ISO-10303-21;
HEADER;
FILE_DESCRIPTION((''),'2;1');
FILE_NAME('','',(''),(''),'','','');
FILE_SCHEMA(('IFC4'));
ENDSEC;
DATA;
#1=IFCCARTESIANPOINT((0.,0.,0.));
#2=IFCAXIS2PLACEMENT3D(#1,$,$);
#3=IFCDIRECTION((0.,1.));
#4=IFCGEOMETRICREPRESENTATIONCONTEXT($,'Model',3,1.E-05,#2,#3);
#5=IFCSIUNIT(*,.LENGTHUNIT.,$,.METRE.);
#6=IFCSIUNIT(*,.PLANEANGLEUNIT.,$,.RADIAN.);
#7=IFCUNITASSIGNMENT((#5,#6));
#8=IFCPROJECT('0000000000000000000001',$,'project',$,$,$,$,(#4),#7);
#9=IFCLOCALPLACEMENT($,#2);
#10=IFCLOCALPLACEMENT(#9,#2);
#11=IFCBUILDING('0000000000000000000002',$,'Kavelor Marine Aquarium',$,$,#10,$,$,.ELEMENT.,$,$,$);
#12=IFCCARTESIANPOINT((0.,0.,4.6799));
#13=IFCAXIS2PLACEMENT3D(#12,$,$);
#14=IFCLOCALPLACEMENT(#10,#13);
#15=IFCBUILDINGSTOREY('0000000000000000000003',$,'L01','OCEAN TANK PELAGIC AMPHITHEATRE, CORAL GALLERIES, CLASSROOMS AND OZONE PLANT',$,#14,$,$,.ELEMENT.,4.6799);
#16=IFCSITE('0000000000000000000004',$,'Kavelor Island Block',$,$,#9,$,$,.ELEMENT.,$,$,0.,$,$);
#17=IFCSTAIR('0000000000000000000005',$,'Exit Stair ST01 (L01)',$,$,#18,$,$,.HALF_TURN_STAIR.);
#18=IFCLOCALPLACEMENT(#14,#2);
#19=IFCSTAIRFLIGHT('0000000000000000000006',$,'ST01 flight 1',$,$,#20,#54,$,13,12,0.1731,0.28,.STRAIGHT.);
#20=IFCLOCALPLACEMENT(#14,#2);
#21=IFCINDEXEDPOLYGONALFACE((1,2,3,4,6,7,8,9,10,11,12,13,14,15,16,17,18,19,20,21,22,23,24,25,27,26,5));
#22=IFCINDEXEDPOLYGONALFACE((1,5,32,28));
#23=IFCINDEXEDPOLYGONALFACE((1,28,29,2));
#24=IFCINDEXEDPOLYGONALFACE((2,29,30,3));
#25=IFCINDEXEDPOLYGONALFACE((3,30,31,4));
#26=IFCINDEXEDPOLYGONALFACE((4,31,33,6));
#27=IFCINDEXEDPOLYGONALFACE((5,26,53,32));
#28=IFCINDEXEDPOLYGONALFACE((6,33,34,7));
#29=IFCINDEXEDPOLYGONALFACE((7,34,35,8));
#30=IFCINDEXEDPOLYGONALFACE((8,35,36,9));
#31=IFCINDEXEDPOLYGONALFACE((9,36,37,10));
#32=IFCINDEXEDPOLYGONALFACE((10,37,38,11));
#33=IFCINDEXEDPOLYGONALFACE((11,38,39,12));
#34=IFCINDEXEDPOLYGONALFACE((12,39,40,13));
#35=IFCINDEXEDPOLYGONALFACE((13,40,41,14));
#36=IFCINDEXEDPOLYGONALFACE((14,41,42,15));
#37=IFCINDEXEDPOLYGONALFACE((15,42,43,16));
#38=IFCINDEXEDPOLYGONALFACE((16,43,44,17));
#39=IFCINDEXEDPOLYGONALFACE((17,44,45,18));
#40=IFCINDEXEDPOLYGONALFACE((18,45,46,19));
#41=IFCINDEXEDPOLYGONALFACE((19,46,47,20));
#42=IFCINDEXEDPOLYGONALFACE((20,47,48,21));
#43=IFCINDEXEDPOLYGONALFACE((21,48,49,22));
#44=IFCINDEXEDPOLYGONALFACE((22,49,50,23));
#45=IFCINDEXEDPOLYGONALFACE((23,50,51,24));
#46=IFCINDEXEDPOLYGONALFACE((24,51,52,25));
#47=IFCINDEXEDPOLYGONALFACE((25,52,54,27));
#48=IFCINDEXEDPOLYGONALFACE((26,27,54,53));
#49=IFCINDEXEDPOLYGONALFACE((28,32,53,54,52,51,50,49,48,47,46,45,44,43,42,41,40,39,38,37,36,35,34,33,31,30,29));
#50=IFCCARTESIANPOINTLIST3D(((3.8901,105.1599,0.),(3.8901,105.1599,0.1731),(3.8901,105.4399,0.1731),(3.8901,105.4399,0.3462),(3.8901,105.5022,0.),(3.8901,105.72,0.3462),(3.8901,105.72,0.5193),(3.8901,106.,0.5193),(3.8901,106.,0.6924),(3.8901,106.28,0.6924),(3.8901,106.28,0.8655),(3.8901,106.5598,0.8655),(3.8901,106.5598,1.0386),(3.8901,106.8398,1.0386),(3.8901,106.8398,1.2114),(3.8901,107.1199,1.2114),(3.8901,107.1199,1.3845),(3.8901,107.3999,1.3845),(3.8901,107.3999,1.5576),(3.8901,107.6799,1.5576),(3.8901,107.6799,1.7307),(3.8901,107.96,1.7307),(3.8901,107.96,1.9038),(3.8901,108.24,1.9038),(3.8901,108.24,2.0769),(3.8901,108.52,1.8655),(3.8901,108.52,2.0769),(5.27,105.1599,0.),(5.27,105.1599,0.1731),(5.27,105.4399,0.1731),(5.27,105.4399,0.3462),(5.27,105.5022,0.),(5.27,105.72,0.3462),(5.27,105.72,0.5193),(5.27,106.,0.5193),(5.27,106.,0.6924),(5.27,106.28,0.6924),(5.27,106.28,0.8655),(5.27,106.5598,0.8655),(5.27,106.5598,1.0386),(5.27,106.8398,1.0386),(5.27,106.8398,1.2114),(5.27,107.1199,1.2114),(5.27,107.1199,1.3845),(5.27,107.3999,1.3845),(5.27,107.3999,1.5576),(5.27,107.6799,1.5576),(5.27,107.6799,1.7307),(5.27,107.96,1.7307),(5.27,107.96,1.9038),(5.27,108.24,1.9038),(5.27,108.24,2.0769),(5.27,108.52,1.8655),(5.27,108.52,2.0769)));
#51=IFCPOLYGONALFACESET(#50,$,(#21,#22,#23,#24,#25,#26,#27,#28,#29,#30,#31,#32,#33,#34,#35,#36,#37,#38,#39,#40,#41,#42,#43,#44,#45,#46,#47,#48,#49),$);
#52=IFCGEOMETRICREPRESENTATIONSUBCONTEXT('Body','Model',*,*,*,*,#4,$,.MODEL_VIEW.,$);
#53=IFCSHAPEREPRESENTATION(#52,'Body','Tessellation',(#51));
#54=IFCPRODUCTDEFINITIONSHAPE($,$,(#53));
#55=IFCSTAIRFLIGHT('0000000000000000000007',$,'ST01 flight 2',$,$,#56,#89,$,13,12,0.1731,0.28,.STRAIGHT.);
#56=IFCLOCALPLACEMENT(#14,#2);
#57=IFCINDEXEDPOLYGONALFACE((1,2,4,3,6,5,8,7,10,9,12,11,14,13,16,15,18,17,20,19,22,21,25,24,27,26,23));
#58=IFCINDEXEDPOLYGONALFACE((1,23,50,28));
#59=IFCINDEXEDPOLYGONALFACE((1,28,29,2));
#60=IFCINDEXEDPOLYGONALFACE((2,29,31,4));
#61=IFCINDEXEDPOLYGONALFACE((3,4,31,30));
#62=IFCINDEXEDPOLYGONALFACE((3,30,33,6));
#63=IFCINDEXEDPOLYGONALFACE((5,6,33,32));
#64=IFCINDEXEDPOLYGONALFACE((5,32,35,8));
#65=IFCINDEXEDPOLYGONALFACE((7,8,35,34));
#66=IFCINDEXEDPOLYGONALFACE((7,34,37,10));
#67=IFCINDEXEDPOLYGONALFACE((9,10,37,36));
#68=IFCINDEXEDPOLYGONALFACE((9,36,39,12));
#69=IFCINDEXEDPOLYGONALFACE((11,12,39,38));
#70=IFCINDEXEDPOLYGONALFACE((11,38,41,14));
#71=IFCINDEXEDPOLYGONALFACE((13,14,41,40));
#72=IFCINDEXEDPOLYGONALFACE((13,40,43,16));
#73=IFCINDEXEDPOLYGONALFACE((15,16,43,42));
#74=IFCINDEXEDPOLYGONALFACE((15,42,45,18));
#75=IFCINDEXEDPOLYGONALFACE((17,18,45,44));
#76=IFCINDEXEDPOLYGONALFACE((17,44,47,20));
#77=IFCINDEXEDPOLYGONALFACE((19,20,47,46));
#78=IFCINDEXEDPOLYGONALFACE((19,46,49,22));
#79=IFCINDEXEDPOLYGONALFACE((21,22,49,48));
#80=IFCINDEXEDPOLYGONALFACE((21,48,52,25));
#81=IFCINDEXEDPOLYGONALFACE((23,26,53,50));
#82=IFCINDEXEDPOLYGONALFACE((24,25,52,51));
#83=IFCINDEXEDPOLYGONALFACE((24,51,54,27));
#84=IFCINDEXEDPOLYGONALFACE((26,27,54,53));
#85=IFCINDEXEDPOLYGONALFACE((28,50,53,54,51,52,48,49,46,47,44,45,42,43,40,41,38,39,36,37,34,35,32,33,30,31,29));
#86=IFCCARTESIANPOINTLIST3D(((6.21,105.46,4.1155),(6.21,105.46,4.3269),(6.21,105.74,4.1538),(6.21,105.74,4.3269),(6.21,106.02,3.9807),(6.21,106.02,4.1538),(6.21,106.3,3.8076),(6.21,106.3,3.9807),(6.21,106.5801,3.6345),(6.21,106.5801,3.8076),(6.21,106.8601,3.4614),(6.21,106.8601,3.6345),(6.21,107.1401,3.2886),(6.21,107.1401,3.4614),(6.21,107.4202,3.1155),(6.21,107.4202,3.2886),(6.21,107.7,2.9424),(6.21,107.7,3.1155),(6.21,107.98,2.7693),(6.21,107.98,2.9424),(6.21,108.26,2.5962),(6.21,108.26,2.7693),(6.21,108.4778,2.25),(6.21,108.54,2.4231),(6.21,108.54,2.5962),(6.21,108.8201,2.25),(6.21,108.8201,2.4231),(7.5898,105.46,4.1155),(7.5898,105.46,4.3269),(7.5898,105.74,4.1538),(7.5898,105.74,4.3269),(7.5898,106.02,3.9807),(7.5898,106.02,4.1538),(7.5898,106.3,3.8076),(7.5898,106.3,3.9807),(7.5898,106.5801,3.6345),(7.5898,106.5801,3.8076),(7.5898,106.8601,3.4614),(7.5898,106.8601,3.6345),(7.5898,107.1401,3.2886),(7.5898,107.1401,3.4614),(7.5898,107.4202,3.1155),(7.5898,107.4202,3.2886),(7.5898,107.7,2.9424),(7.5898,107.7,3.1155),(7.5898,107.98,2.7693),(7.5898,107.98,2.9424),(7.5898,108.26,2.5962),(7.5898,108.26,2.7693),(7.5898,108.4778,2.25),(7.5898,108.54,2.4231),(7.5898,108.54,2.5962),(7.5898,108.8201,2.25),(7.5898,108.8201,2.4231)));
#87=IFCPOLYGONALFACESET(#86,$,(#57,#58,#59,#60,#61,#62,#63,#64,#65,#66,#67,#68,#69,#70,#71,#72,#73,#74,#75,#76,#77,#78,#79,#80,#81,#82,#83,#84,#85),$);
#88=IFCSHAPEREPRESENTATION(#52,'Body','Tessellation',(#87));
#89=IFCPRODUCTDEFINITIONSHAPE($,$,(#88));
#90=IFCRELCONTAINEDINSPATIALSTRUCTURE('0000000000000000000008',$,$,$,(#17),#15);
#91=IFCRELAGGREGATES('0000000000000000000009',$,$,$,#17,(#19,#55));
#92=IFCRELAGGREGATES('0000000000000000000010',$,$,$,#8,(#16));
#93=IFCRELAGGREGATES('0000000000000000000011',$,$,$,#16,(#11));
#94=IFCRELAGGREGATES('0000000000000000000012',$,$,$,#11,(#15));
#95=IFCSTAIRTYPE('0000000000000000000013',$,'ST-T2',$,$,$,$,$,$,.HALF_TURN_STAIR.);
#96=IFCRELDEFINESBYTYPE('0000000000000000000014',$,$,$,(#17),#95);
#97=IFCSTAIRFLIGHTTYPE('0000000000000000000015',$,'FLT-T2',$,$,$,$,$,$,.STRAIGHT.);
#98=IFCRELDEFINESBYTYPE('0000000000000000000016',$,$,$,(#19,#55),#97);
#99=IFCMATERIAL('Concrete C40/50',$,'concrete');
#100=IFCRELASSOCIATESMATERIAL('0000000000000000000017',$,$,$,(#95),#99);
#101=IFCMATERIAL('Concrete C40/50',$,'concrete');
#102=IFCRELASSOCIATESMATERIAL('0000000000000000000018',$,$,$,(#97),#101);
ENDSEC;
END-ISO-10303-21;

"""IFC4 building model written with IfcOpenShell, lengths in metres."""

from ifc_helpers import new_model, si_unit, direction, frame, origin, place, context, subcontext, project, spatial, polyline, outline, extrude, material, type_object, element, aggregate, save


model = new_model("IFC4")

# Units and contexts
model_context = context("Model", 3, precision=1e-05, world=origin(), true_north=direction((0.0, 1.0)))
body_context = subcontext(model_context, "Body", "Model", "MODEL_VIEW")
ifc_project = project(units=[si_unit("LENGTHUNIT", "METRE"), si_unit("PLANEANGLEUNIT", "RADIAN")], contexts=[model_context])

# Site, building, storey
site_placement = place(None, origin())
site = spatial("IfcSite", under=ifc_project, at=site_placement, Name="Kavelor Island Block", CompositionType="ELEMENT", RefElevation=0.0)
building_placement = place(site_placement, origin())
building = spatial("IfcBuilding", under=site, at=building_placement, Name="Kavelor Marine Aquarium", CompositionType="ELEMENT")
storey_placement = place(building_placement, frame((0.0, 0.0, 4.6799)))
storey = spatial("IfcBuildingStorey", under=building, at=storey_placement, Name="L01", Description="OCEAN TANK PELAGIC AMPHITHEATRE, CORAL GALLERIES, CLASSROOMS AND OZONE PLANT", CompositionType="ELEMENT", Elevation=4.6799)

# Stair, stair flights
ifc_material_1 = material(Name="Concrete C40/50", Category="concrete")
stair_type = type_object("IfcStairType", Name="ST-T2", PredefinedType="HALF_TURN_STAIR", material=ifc_material_1)
stair_placement = place(storey_placement, origin())
stair = element("IfcStair", 1, at=stair_placement, inside=storey, type_object=stair_type, Name="Exit Stair ST01 (L01)", PredefinedType="HALF_TURN_STAIR")
ifc_material_2 = material(Name="Concrete C40/50", Category="concrete")
stair_flight_type = type_object("IfcStairFlightType", Name="FLT-T2", PredefinedType="STRAIGHT", material=ifc_material_2)
stair_flight_1_placement = place(storey_placement, frame((4.5801, 105.1599, 0.0), z_axis=(0.0, 0.0, 1.0), x_axis=(0.0, 1.0, 0.0)))
stair_flight_1 = element("IfcStairFlight", 2, at=stair_flight_1_placement, type_object=stair_flight_type, Name="ST01 flight 1", NumberOfRisers=13, NumberOfTreads=12, PredefinedType="STRAIGHT", RiserHeight=0.1731, TreadLength=0.28, context=body_context, shape_type="SweptSolid", body=[
    extrude(outline(polyline([(0.0, 0.0), (0.0, 0.1731), (0.28, 0.1731), (0.28, 0.3462), (0.5601, 0.3462), (0.5601, 0.5193), (0.8401, 0.5193), (0.8401, 0.6924), (1.1201, 0.6924), (1.1201, 0.8655), (1.3999, 0.8655), (1.3999, 1.0386), (1.6799, 1.0386), (1.6799, 1.2114), (1.96, 1.2114), (1.96, 1.3845), (2.24, 1.3845), (2.24, 1.5576), (2.52, 1.5576), (2.52, 1.7307), (2.8, 1.7307), (2.8, 1.9038), (3.0801, 1.9038), (3.0801, 2.0769), (3.3601, 2.0769), (3.3601, 2.25), (3.3601, 1.8655), (0.3423, 0.0), (0.0, 0.0)])), frame((0.0, 0.6899, 0.0), z_axis=(0.0, -1.0, 0.0), x_axis=(1.0, 0.0, 0.0)), (0.0, 0.0, 1.0), 1.3799),
])
stair_flight_2_placement = place(storey_placement, frame((6.8999, 108.8201, 2.25), z_axis=(0.0, 0.0, 1.0), x_axis=(0.0, -1.0, 0.0)))
stair_flight_2 = element("IfcStairFlight", 3, at=stair_flight_2_placement, type_object=stair_flight_type, Name="ST01 flight 2", NumberOfRisers=13, NumberOfTreads=12, PredefinedType="STRAIGHT", RiserHeight=0.1731, TreadLength=0.28, context=body_context, shape_type="SweptSolid", body=[
    extrude(outline(polyline([(0.0, 0.0), (0.0, 0.1731), (0.28, 0.1731), (0.28, 0.3462), (0.5601, 0.3462), (0.5601, 0.5193), (0.8401, 0.5193), (0.8401, 0.6924), (1.1201, 0.6924), (1.1201, 0.8655), (1.3999, 0.8655), (1.3999, 1.0386), (1.6799, 1.0386), (1.6799, 1.2114), (1.96, 1.2114), (1.96, 1.3845), (2.24, 1.3845), (2.24, 1.5576), (2.52, 1.5576), (2.52, 1.7307), (2.8, 1.7307), (2.8, 1.9038), (3.0801, 1.9038), (3.0801, 2.0769), (3.3601, 2.0769), (3.3601, 2.25), (3.3601, 1.8655), (0.3423, 0.0), (0.0, 0.0)])), frame((0.0, 0.6899, 0.0), z_axis=(0.0, -1.0, 0.0), x_axis=(1.0, 0.0, 0.0)), (0.0, 0.0, 1.0), 1.3799),
])
aggregate(stair, [stair_flight_1, stair_flight_2])

save(model, "model.ifc")
